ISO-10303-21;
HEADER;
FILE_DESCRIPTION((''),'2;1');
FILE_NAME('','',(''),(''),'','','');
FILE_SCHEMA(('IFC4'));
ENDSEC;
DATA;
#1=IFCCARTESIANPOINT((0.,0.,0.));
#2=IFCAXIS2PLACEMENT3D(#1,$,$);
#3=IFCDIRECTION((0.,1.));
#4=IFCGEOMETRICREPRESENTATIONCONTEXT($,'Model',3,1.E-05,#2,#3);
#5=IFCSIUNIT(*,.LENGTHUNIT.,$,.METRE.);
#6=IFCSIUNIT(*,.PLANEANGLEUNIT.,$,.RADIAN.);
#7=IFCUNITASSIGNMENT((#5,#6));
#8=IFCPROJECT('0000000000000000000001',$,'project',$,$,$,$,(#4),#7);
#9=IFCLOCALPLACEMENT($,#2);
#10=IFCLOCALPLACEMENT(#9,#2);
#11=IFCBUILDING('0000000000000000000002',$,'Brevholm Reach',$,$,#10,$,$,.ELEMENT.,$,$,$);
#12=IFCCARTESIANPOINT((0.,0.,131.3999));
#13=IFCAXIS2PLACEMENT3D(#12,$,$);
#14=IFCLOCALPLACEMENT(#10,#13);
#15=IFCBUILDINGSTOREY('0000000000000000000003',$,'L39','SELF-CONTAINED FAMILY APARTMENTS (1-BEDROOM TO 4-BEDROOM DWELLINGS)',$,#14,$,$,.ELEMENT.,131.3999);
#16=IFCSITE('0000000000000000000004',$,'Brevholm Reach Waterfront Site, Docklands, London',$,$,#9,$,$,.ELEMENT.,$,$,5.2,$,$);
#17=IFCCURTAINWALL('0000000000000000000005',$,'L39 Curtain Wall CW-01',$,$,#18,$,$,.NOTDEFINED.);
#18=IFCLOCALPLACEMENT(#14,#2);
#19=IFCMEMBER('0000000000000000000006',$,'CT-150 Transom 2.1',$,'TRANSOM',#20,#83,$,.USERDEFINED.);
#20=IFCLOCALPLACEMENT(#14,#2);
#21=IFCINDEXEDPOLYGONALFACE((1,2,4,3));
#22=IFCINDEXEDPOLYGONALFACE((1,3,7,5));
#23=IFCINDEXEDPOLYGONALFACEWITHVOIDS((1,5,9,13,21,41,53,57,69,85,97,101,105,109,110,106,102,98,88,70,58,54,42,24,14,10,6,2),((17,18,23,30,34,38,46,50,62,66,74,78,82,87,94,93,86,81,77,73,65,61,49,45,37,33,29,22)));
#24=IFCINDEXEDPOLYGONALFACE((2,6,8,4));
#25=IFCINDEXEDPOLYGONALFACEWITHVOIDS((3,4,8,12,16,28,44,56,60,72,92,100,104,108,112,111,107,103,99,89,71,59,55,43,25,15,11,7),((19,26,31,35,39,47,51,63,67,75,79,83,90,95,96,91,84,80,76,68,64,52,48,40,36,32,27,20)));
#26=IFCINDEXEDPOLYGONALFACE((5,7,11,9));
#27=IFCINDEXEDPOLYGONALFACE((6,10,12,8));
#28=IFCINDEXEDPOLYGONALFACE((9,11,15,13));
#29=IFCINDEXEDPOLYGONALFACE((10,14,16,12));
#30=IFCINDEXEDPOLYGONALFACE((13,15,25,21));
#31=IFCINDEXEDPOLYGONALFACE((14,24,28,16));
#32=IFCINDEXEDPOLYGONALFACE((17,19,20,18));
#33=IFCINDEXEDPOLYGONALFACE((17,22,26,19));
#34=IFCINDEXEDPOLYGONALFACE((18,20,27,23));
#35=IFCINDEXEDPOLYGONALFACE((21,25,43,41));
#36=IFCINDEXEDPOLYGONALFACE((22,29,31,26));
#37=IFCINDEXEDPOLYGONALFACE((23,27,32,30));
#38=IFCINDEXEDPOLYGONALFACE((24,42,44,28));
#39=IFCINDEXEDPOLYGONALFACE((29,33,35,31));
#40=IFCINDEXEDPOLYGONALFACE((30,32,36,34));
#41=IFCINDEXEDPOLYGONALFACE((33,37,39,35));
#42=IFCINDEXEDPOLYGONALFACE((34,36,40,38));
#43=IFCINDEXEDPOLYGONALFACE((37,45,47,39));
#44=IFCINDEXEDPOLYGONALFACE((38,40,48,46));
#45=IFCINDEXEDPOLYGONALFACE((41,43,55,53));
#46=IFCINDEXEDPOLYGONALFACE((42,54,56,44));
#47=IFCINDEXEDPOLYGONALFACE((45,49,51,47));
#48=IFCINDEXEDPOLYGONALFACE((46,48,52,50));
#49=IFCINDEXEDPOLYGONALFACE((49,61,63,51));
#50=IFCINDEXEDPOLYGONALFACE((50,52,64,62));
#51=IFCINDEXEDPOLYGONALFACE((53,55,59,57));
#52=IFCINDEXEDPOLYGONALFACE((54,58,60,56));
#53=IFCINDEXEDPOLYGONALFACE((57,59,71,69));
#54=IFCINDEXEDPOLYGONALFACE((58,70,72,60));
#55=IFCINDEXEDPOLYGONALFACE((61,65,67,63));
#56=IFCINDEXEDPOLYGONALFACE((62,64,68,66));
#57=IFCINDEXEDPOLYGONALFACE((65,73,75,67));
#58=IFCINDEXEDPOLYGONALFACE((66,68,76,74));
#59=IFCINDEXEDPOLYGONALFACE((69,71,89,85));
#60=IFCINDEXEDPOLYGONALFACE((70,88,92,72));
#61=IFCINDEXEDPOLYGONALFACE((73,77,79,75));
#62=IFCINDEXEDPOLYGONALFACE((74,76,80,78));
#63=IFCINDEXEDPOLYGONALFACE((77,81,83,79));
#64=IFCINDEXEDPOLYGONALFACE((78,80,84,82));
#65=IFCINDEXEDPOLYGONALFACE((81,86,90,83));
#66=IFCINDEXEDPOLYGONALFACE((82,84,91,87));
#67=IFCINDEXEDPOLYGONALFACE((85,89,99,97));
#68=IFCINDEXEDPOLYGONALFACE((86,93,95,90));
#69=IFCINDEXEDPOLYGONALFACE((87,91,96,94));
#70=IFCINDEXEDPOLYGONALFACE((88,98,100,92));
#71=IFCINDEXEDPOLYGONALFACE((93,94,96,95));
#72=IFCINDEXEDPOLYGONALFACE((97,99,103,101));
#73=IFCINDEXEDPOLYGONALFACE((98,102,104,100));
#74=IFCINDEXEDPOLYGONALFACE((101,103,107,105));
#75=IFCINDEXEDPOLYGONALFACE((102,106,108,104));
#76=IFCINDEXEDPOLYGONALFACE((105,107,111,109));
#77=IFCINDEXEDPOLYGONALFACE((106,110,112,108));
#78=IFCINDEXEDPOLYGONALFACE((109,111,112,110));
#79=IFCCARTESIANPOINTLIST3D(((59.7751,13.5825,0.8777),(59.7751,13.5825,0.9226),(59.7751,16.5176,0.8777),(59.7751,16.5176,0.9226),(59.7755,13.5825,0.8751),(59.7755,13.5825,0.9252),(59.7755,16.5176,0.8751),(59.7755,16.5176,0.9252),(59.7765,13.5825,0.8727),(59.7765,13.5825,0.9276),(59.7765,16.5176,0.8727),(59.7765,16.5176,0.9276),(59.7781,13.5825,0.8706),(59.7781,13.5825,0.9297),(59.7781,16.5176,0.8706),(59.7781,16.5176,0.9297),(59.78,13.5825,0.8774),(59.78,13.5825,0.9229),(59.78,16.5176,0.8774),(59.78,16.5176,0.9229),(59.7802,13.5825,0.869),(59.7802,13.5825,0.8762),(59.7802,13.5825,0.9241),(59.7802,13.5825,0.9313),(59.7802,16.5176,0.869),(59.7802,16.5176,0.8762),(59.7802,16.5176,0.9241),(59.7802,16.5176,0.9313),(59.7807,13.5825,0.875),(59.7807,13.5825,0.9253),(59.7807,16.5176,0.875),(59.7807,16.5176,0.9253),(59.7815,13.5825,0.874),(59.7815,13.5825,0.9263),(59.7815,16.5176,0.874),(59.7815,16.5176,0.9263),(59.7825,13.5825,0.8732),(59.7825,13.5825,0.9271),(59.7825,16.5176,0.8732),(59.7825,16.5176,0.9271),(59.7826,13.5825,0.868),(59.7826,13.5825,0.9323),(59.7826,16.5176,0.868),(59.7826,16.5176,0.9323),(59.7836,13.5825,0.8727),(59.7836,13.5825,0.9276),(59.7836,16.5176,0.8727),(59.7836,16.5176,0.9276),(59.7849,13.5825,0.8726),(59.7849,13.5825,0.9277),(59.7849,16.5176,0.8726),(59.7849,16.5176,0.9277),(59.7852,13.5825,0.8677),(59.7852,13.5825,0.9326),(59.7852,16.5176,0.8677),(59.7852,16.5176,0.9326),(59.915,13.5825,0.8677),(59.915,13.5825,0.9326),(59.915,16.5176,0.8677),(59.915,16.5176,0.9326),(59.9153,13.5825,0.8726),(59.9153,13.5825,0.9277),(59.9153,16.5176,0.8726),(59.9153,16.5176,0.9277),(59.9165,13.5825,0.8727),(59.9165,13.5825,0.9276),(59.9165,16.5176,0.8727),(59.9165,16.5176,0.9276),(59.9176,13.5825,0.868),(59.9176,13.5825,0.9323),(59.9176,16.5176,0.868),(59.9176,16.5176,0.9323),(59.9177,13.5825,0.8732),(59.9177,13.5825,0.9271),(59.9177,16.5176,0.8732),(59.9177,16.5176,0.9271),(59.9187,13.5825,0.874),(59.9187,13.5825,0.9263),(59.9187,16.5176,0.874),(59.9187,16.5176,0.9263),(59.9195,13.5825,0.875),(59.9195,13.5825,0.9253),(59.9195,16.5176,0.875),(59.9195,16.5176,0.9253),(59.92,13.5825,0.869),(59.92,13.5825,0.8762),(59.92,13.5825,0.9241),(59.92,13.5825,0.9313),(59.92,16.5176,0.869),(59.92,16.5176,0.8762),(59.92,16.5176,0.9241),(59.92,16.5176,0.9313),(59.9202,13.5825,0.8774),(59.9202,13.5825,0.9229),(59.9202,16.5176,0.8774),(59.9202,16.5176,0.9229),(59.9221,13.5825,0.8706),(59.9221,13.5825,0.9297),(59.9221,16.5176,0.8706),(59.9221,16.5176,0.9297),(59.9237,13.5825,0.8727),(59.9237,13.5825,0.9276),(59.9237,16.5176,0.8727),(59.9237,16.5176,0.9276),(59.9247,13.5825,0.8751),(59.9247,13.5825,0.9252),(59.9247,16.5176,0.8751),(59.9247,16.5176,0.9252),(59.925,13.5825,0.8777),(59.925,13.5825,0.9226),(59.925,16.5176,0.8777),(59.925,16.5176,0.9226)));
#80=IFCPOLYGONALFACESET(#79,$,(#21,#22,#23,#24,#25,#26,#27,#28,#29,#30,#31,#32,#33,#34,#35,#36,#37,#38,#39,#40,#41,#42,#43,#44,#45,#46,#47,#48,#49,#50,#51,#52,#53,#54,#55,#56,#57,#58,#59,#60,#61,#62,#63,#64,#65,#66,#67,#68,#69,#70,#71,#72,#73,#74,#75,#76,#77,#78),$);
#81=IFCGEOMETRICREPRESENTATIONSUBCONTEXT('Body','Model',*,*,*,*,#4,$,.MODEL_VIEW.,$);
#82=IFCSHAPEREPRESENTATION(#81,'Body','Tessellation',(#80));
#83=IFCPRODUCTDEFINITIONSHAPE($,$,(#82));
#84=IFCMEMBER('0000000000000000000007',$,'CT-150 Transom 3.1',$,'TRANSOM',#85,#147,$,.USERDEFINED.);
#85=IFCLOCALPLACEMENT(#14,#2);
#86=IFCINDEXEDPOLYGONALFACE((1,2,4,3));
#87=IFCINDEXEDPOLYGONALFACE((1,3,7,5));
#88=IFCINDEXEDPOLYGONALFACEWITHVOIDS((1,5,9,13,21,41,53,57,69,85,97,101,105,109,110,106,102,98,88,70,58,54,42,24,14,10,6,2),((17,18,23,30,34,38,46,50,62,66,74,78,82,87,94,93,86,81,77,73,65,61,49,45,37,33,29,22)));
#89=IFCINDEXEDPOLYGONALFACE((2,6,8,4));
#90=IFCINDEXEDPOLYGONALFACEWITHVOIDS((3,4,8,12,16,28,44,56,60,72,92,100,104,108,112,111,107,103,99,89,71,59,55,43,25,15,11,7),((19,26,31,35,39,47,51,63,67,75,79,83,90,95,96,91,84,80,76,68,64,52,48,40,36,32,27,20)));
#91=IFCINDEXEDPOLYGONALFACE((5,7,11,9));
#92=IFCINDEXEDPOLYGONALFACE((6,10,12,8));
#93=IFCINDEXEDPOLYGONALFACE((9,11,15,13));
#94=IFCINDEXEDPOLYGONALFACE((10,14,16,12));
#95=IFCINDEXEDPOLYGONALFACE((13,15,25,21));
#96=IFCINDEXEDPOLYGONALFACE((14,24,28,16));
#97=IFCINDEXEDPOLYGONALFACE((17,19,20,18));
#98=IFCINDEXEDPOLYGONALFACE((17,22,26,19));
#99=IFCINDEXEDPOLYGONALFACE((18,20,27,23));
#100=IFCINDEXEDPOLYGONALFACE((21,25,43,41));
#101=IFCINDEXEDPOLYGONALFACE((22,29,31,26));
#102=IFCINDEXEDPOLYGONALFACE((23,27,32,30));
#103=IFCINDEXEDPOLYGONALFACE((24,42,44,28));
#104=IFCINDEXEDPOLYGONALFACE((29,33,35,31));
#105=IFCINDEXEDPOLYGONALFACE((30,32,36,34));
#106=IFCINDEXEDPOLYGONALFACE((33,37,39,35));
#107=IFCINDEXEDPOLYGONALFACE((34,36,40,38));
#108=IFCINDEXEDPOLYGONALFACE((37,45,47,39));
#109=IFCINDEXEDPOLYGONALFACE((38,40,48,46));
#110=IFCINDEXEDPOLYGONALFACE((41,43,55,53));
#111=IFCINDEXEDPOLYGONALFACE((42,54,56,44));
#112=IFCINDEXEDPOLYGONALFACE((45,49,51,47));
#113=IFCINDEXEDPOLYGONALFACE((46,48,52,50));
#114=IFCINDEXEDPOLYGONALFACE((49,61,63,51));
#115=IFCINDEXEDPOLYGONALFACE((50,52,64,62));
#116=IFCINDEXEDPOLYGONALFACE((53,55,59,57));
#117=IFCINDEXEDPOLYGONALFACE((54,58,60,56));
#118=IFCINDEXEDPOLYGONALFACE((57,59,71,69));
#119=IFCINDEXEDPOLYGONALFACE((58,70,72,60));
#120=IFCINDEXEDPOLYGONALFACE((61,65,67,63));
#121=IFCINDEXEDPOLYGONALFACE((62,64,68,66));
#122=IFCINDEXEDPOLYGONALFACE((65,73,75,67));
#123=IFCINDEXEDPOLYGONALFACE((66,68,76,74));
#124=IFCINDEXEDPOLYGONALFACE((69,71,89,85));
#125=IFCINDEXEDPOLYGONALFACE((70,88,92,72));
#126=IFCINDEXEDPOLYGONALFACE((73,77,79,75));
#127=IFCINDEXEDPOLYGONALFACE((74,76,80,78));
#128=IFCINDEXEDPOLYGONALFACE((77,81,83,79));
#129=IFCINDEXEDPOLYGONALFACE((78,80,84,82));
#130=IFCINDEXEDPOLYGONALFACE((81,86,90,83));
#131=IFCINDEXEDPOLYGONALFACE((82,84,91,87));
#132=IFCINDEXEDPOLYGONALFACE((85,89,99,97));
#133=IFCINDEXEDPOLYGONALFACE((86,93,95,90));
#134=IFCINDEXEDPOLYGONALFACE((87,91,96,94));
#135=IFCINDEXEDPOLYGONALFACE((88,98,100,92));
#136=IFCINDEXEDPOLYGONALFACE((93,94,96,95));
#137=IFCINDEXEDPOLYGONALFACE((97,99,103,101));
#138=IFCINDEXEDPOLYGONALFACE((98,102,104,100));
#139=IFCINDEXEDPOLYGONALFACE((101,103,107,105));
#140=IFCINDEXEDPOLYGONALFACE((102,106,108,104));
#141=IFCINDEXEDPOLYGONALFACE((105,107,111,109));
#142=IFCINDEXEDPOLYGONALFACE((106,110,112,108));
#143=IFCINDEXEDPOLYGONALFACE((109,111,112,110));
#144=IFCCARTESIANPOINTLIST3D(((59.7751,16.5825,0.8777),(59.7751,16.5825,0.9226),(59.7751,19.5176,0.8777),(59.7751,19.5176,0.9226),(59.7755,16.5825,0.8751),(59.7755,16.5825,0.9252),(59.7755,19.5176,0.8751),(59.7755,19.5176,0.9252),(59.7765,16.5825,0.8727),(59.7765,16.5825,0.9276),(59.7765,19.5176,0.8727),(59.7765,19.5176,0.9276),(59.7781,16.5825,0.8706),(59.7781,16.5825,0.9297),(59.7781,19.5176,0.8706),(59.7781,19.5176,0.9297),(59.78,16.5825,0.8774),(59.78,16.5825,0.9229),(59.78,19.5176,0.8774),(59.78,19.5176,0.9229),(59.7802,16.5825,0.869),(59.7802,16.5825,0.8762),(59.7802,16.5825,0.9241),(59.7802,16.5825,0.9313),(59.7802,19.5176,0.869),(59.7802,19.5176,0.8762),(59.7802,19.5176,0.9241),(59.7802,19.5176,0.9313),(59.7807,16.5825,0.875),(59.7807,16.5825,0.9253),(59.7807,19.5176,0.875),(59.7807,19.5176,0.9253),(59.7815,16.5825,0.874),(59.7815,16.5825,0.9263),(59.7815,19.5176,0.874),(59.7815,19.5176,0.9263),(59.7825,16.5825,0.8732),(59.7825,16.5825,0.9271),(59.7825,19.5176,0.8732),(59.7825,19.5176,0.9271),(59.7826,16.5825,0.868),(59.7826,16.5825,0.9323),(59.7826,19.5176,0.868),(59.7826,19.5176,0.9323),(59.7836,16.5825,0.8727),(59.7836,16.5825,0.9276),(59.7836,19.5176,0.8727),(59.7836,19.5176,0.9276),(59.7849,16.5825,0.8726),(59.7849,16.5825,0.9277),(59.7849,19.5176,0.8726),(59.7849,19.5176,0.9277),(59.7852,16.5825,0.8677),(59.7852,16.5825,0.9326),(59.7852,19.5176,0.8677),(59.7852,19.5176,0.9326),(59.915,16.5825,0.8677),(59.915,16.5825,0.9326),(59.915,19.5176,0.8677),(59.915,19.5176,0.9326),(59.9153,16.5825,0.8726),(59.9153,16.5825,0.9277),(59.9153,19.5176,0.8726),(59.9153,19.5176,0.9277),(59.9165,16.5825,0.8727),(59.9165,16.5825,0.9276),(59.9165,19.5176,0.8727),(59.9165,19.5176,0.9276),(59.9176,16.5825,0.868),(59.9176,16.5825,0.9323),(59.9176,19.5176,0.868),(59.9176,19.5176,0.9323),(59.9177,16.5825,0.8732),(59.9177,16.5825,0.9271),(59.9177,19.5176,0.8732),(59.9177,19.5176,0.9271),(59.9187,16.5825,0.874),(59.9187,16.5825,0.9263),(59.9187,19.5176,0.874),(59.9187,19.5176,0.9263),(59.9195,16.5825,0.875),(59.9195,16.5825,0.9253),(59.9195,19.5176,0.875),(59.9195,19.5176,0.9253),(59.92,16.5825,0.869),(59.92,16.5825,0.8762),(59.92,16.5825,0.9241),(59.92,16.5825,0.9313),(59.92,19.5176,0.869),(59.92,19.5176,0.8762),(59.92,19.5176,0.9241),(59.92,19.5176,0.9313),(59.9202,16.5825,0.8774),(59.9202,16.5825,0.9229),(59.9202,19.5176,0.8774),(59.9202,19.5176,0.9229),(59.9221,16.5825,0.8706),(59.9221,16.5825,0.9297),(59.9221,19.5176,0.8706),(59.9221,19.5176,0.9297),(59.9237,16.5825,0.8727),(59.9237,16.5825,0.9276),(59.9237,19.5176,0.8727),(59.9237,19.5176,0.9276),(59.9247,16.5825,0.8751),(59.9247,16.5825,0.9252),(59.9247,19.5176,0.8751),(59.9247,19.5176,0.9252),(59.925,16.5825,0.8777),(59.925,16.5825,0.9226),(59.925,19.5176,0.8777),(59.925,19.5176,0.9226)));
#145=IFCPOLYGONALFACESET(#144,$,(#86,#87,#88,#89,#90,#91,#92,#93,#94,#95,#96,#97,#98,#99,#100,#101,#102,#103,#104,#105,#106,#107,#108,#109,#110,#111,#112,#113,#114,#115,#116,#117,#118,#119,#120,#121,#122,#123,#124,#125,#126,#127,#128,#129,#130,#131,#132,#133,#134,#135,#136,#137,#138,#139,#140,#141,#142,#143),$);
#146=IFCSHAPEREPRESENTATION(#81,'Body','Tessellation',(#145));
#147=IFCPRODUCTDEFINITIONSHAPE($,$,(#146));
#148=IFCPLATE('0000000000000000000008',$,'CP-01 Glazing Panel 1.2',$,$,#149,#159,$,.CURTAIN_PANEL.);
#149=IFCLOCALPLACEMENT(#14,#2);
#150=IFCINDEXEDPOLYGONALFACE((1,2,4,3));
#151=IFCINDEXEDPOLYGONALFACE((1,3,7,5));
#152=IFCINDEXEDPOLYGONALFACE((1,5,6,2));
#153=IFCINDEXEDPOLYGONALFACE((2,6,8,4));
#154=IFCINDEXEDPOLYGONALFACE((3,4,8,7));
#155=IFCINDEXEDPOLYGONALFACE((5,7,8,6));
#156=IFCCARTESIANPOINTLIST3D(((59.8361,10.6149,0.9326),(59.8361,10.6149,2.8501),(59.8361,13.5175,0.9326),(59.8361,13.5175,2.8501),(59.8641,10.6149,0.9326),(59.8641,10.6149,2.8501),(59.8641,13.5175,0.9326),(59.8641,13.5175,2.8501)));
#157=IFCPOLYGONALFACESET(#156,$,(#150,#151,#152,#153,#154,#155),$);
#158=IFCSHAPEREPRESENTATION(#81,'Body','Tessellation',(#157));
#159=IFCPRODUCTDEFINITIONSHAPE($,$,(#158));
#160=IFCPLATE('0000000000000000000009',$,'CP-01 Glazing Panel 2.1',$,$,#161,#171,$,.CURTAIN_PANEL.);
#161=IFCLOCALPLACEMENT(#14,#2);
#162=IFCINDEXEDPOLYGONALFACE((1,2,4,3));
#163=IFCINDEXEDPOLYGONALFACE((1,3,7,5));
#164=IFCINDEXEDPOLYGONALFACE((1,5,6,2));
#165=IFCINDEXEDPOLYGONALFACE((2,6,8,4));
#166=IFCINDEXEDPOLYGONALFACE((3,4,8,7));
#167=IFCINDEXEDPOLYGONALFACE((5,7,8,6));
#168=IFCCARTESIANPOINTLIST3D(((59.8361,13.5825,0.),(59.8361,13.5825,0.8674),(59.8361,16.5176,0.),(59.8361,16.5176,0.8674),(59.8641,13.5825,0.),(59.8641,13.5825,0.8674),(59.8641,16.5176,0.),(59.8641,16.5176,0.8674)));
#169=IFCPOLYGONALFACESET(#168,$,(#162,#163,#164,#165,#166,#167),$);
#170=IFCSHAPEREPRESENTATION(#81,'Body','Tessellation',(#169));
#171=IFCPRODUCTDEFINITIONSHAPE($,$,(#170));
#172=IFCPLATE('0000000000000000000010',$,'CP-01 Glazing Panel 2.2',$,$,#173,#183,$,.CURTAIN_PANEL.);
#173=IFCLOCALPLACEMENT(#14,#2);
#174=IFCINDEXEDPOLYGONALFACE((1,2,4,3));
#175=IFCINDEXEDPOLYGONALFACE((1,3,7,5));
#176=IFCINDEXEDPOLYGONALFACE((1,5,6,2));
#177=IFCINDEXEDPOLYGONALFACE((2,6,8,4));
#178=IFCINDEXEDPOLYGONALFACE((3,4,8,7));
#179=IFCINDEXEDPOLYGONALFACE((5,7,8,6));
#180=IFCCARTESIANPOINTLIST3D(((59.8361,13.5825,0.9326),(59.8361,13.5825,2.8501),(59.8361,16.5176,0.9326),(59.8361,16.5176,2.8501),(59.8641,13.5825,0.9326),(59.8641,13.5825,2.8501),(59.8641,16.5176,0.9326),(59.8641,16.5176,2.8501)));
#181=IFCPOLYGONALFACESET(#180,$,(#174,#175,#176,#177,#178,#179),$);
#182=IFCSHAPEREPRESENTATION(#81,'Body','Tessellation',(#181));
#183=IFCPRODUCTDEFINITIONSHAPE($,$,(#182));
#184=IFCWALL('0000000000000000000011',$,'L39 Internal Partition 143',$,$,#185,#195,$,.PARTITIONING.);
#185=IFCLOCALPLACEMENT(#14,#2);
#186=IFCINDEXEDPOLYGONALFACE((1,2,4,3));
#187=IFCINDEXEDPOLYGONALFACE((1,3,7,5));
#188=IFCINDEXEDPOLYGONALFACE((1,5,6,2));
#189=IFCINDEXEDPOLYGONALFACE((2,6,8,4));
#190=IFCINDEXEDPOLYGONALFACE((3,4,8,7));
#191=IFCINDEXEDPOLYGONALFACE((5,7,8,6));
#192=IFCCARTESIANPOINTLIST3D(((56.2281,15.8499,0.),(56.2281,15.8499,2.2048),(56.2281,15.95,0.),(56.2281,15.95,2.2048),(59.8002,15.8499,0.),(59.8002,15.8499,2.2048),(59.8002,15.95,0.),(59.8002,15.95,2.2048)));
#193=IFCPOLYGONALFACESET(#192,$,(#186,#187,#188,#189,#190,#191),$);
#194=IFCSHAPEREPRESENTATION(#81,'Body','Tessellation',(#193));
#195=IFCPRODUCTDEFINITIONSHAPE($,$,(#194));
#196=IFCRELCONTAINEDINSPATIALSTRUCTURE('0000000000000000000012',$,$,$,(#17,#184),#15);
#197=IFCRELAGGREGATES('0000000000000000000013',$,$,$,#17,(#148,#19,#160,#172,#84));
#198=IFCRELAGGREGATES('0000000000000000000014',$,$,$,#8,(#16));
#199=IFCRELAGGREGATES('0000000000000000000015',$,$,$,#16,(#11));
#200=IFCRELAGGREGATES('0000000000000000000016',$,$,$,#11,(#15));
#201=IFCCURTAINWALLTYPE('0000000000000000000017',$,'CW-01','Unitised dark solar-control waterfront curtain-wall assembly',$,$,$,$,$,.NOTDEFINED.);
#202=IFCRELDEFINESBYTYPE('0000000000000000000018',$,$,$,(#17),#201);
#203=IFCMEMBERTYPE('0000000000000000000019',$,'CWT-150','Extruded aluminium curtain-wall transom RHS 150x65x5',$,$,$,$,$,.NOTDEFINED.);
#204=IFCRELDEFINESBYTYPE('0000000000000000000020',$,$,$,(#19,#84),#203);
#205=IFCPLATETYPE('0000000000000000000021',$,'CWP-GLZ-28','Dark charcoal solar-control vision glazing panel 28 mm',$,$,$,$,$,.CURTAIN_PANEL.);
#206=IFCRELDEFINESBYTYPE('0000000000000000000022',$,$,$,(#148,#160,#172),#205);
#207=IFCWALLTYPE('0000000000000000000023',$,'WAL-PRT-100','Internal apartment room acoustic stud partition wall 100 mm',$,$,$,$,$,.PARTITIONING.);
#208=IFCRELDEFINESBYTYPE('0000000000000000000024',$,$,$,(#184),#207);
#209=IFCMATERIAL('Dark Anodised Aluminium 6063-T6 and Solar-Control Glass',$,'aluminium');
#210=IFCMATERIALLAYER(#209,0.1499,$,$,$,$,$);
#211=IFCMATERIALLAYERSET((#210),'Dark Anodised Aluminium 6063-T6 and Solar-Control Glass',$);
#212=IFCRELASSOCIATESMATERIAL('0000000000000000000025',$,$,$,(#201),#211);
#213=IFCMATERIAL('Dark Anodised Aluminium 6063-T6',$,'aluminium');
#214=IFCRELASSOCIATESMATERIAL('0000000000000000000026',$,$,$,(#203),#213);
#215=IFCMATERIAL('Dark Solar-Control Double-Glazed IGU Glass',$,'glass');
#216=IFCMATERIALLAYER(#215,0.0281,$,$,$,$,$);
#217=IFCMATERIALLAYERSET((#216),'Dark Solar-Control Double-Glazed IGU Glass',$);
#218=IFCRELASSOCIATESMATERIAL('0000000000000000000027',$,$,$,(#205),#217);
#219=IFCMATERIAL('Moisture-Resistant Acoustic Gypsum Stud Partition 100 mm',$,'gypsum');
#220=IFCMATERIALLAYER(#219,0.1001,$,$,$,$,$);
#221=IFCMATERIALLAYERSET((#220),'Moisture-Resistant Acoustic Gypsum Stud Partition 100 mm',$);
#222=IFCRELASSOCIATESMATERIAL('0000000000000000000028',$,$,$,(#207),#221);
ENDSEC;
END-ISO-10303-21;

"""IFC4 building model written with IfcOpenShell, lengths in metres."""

from ifc_helpers import new_model, si_unit, direction, frame, frame_2d, origin, origin_2d, place, context, subcontext, project, spatial, rectangle, hollow_rectangle, extrude, material, layer, layer_set, material_profile, profile_set, type_object, element, aggregate, save


model = new_model("IFC4")

# Units and contexts
model_context = context("Model", 3, precision=1e-05, world=origin(), true_north=direction((0.0, 1.0)))
body_context = subcontext(model_context, "Body", "Model", "MODEL_VIEW")
ifc_project = project(units=[si_unit("LENGTHUNIT", "METRE"), si_unit("PLANEANGLEUNIT", "RADIAN")], contexts=[model_context])

# Site, building, storey
site_placement = place(None, origin())
site = spatial("IfcSite", under=ifc_project, at=site_placement, Name="Brevholm Reach Waterfront Site, Docklands, London", CompositionType="ELEMENT", RefElevation=5.2)
building_placement = place(site_placement, origin())
building = spatial("IfcBuilding", under=site, at=building_placement, Name="Brevholm Reach", CompositionType="ELEMENT")
storey_placement = place(building_placement, frame((0.0, 0.0, 131.3999)))
storey = spatial("IfcBuildingStorey", under=building, at=storey_placement, Name="L39", Description="SELF-CONTAINED FAMILY APARTMENTS (1-BEDROOM TO 4-BEDROOM DWELLINGS)", CompositionType="ELEMENT", Elevation=131.3999)

# Curtain wall, members, plates
ifc_material_1 = material(Name="Dark Anodised Aluminium 6063-T6 and Solar-Control Glass", Category="aluminium")
ifc_layer_1 = layer(ifc_material_1, 0.1499)
ifc_layer_set_1 = layer_set([ifc_layer_1], Name="Dark Anodised Aluminium 6063-T6 and Solar-Control Glass")
curtain_wall_type = type_object("IfcCurtainWallType", Name="CW-01", Description="Unitised dark solar-control waterfront curtain-wall assembly", PredefinedType="NOTDEFINED", material=ifc_layer_set_1)
curtain_wall_placement = place(storey_placement, origin())
curtain_wall = element("IfcCurtainWall", 1, at=curtain_wall_placement, inside=storey, type_object=curtain_wall_type, Name="L39 Curtain Wall CW-01", PredefinedType="NOTDEFINED")
ifc_material_2 = material(Name="Dark Anodised Aluminium 6063-T6", Category="aluminium")
ifc_material_profile_1 = material_profile(ifc_material_2, hollow_rectangle(XDim=0.0649, YDim=0.1499, WallThickness=0.0049, InnerFilletRadius=0.0049, OuterFilletRadius=0.01, at=origin_2d()), Name="RHS 150x65x5")
ifc_profile_set_1 = profile_set([ifc_material_profile_1], Name="Dark Anodised Aluminium 6063-T6")
member_type_1 = type_object("IfcMemberType", Name="CWT-150", Description="Extruded aluminium curtain-wall transom RHS 150x65x5", PredefinedType="NOTDEFINED", material=ifc_profile_set_1)
member_1_placement = place(storey_placement, frame((59.8501, 13.5825, 0.9001), z_axis=(0.0, 1.0, 0.0), x_axis=(0.0, 0.0, 1.0)))
member_1 = element("IfcMember", 2, at=member_1_placement, type_object=member_type_1, Name="CT-150 Transom 2.1", ObjectType="TRANSOM", PredefinedType="USERDEFINED", context=body_context, shape_type="SweptSolid", body=[
    extrude(hollow_rectangle(XDim=0.0649, YDim=0.1499, WallThickness=0.0049, InnerFilletRadius=0.0049, OuterFilletRadius=0.01, at=origin_2d()), origin(), (0.0, 0.0, 1.0), 2.9351),
])
member_2_placement = place(storey_placement, frame((59.8501, 16.5825, 0.9001), z_axis=(0.0, 1.0, 0.0), x_axis=(0.0, 0.0, 1.0)))
member_2 = element("IfcMember", 3, at=member_2_placement, type_object=member_type_1, Name="CT-150 Transom 3.1", ObjectType="TRANSOM", PredefinedType="USERDEFINED", context=body_context, shape_type="SweptSolid", body=[
    extrude(hollow_rectangle(XDim=0.0649, YDim=0.1499, WallThickness=0.0049, InnerFilletRadius=0.0049, OuterFilletRadius=0.01, at=origin_2d()), origin(), (0.0, 0.0, 1.0), 2.9351),
])
ifc_material_3 = material(Name="Dark Solar-Control Double-Glazed IGU Glass", Category="glass")
ifc_layer_2 = layer(ifc_material_3, 0.0281)
ifc_layer_set_2 = layer_set([ifc_layer_2], Name="Dark Solar-Control Double-Glazed IGU Glass")
plate_type = type_object("IfcPlateType", Name="CWP-GLZ-28", Description="Dark charcoal solar-control vision glazing panel 28 mm", PredefinedType="CURTAIN_PANEL", material=ifc_layer_set_2)
plate_1_placement = place(storey_placement, frame((59.8501, 12.0662, 0.9326), z_axis=(0.0, 0.0, 1.0), x_axis=(0.0, 1.0, 0.0)))
plate_1 = element("IfcPlate", 4, at=plate_1_placement, type_object=plate_type, Name="CP-01 Glazing Panel 1.2", PredefinedType="CURTAIN_PANEL", context=body_context, shape_type="SweptSolid", body=[
    extrude(rectangle(XDim=2.9026, YDim=0.0281, at=origin_2d()), origin(), (0.0, 0.0, 1.0), 1.9175),
])
plate_2_placement = place(storey_placement, frame((59.8501, 15.05, 0.0), z_axis=(0.0, 0.0, 1.0), x_axis=(0.0, 1.0, 0.0)))
plate_2 = element("IfcPlate", 5, at=plate_2_placement, type_object=plate_type, Name="CP-01 Glazing Panel 2.1", PredefinedType="CURTAIN_PANEL", context=body_context, shape_type="SweptSolid", body=[
    extrude(rectangle(XDim=2.9351, YDim=0.0281, at=origin_2d()), origin(), (0.0, 0.0, 1.0), 0.8674),
])
plate_3_placement = place(storey_placement, frame((59.8501, 15.05, 0.9326), z_axis=(0.0, 0.0, 1.0), x_axis=(0.0, 1.0, 0.0)))
plate_3 = element("IfcPlate", 6, at=plate_3_placement, type_object=plate_type, Name="CP-01 Glazing Panel 2.2", PredefinedType="CURTAIN_PANEL", context=body_context, shape_type="SweptSolid", body=[
    extrude(rectangle(XDim=2.9351, YDim=0.0281, at=origin_2d()), origin(), (0.0, 0.0, 1.0), 1.9175),
])
aggregate(curtain_wall, [plate_1, member_1, plate_2, plate_3, member_2])

# Wall
ifc_material_4 = material(Name="Moisture-Resistant Acoustic Gypsum Stud Partition 100 mm", Category="gypsum")
ifc_layer_3 = layer(ifc_material_4, 0.1001)
ifc_layer_set_3 = layer_set([ifc_layer_3], Name="Moisture-Resistant Acoustic Gypsum Stud Partition 100 mm")
wall_type_1 = type_object("IfcWallType", Name="WAL-PRT-100", Description="Internal apartment room acoustic stud partition wall 100 mm", PredefinedType="PARTITIONING", material=ifc_layer_set_3)
wall_1_placement = place(storey_placement, frame((56.228, 15.8999, 0.0), z_axis=(0.0, 0.0, 1.0), x_axis=(1.0, 0.0, 0.0)))
element("IfcWall", 7, at=wall_1_placement, inside=storey, type_object=wall_type_1, Name="L39 Internal Partition 143", PredefinedType="PARTITIONING", context=body_context, shape_type="SweptSolid", body=[
    extrude(rectangle(XDim=3.572, YDim=0.1001, at=frame_2d((1.7861, 0.0))), origin(), (0.0, 0.0, 1.0), 2.2048),
])

save(model, "model.ifc")
